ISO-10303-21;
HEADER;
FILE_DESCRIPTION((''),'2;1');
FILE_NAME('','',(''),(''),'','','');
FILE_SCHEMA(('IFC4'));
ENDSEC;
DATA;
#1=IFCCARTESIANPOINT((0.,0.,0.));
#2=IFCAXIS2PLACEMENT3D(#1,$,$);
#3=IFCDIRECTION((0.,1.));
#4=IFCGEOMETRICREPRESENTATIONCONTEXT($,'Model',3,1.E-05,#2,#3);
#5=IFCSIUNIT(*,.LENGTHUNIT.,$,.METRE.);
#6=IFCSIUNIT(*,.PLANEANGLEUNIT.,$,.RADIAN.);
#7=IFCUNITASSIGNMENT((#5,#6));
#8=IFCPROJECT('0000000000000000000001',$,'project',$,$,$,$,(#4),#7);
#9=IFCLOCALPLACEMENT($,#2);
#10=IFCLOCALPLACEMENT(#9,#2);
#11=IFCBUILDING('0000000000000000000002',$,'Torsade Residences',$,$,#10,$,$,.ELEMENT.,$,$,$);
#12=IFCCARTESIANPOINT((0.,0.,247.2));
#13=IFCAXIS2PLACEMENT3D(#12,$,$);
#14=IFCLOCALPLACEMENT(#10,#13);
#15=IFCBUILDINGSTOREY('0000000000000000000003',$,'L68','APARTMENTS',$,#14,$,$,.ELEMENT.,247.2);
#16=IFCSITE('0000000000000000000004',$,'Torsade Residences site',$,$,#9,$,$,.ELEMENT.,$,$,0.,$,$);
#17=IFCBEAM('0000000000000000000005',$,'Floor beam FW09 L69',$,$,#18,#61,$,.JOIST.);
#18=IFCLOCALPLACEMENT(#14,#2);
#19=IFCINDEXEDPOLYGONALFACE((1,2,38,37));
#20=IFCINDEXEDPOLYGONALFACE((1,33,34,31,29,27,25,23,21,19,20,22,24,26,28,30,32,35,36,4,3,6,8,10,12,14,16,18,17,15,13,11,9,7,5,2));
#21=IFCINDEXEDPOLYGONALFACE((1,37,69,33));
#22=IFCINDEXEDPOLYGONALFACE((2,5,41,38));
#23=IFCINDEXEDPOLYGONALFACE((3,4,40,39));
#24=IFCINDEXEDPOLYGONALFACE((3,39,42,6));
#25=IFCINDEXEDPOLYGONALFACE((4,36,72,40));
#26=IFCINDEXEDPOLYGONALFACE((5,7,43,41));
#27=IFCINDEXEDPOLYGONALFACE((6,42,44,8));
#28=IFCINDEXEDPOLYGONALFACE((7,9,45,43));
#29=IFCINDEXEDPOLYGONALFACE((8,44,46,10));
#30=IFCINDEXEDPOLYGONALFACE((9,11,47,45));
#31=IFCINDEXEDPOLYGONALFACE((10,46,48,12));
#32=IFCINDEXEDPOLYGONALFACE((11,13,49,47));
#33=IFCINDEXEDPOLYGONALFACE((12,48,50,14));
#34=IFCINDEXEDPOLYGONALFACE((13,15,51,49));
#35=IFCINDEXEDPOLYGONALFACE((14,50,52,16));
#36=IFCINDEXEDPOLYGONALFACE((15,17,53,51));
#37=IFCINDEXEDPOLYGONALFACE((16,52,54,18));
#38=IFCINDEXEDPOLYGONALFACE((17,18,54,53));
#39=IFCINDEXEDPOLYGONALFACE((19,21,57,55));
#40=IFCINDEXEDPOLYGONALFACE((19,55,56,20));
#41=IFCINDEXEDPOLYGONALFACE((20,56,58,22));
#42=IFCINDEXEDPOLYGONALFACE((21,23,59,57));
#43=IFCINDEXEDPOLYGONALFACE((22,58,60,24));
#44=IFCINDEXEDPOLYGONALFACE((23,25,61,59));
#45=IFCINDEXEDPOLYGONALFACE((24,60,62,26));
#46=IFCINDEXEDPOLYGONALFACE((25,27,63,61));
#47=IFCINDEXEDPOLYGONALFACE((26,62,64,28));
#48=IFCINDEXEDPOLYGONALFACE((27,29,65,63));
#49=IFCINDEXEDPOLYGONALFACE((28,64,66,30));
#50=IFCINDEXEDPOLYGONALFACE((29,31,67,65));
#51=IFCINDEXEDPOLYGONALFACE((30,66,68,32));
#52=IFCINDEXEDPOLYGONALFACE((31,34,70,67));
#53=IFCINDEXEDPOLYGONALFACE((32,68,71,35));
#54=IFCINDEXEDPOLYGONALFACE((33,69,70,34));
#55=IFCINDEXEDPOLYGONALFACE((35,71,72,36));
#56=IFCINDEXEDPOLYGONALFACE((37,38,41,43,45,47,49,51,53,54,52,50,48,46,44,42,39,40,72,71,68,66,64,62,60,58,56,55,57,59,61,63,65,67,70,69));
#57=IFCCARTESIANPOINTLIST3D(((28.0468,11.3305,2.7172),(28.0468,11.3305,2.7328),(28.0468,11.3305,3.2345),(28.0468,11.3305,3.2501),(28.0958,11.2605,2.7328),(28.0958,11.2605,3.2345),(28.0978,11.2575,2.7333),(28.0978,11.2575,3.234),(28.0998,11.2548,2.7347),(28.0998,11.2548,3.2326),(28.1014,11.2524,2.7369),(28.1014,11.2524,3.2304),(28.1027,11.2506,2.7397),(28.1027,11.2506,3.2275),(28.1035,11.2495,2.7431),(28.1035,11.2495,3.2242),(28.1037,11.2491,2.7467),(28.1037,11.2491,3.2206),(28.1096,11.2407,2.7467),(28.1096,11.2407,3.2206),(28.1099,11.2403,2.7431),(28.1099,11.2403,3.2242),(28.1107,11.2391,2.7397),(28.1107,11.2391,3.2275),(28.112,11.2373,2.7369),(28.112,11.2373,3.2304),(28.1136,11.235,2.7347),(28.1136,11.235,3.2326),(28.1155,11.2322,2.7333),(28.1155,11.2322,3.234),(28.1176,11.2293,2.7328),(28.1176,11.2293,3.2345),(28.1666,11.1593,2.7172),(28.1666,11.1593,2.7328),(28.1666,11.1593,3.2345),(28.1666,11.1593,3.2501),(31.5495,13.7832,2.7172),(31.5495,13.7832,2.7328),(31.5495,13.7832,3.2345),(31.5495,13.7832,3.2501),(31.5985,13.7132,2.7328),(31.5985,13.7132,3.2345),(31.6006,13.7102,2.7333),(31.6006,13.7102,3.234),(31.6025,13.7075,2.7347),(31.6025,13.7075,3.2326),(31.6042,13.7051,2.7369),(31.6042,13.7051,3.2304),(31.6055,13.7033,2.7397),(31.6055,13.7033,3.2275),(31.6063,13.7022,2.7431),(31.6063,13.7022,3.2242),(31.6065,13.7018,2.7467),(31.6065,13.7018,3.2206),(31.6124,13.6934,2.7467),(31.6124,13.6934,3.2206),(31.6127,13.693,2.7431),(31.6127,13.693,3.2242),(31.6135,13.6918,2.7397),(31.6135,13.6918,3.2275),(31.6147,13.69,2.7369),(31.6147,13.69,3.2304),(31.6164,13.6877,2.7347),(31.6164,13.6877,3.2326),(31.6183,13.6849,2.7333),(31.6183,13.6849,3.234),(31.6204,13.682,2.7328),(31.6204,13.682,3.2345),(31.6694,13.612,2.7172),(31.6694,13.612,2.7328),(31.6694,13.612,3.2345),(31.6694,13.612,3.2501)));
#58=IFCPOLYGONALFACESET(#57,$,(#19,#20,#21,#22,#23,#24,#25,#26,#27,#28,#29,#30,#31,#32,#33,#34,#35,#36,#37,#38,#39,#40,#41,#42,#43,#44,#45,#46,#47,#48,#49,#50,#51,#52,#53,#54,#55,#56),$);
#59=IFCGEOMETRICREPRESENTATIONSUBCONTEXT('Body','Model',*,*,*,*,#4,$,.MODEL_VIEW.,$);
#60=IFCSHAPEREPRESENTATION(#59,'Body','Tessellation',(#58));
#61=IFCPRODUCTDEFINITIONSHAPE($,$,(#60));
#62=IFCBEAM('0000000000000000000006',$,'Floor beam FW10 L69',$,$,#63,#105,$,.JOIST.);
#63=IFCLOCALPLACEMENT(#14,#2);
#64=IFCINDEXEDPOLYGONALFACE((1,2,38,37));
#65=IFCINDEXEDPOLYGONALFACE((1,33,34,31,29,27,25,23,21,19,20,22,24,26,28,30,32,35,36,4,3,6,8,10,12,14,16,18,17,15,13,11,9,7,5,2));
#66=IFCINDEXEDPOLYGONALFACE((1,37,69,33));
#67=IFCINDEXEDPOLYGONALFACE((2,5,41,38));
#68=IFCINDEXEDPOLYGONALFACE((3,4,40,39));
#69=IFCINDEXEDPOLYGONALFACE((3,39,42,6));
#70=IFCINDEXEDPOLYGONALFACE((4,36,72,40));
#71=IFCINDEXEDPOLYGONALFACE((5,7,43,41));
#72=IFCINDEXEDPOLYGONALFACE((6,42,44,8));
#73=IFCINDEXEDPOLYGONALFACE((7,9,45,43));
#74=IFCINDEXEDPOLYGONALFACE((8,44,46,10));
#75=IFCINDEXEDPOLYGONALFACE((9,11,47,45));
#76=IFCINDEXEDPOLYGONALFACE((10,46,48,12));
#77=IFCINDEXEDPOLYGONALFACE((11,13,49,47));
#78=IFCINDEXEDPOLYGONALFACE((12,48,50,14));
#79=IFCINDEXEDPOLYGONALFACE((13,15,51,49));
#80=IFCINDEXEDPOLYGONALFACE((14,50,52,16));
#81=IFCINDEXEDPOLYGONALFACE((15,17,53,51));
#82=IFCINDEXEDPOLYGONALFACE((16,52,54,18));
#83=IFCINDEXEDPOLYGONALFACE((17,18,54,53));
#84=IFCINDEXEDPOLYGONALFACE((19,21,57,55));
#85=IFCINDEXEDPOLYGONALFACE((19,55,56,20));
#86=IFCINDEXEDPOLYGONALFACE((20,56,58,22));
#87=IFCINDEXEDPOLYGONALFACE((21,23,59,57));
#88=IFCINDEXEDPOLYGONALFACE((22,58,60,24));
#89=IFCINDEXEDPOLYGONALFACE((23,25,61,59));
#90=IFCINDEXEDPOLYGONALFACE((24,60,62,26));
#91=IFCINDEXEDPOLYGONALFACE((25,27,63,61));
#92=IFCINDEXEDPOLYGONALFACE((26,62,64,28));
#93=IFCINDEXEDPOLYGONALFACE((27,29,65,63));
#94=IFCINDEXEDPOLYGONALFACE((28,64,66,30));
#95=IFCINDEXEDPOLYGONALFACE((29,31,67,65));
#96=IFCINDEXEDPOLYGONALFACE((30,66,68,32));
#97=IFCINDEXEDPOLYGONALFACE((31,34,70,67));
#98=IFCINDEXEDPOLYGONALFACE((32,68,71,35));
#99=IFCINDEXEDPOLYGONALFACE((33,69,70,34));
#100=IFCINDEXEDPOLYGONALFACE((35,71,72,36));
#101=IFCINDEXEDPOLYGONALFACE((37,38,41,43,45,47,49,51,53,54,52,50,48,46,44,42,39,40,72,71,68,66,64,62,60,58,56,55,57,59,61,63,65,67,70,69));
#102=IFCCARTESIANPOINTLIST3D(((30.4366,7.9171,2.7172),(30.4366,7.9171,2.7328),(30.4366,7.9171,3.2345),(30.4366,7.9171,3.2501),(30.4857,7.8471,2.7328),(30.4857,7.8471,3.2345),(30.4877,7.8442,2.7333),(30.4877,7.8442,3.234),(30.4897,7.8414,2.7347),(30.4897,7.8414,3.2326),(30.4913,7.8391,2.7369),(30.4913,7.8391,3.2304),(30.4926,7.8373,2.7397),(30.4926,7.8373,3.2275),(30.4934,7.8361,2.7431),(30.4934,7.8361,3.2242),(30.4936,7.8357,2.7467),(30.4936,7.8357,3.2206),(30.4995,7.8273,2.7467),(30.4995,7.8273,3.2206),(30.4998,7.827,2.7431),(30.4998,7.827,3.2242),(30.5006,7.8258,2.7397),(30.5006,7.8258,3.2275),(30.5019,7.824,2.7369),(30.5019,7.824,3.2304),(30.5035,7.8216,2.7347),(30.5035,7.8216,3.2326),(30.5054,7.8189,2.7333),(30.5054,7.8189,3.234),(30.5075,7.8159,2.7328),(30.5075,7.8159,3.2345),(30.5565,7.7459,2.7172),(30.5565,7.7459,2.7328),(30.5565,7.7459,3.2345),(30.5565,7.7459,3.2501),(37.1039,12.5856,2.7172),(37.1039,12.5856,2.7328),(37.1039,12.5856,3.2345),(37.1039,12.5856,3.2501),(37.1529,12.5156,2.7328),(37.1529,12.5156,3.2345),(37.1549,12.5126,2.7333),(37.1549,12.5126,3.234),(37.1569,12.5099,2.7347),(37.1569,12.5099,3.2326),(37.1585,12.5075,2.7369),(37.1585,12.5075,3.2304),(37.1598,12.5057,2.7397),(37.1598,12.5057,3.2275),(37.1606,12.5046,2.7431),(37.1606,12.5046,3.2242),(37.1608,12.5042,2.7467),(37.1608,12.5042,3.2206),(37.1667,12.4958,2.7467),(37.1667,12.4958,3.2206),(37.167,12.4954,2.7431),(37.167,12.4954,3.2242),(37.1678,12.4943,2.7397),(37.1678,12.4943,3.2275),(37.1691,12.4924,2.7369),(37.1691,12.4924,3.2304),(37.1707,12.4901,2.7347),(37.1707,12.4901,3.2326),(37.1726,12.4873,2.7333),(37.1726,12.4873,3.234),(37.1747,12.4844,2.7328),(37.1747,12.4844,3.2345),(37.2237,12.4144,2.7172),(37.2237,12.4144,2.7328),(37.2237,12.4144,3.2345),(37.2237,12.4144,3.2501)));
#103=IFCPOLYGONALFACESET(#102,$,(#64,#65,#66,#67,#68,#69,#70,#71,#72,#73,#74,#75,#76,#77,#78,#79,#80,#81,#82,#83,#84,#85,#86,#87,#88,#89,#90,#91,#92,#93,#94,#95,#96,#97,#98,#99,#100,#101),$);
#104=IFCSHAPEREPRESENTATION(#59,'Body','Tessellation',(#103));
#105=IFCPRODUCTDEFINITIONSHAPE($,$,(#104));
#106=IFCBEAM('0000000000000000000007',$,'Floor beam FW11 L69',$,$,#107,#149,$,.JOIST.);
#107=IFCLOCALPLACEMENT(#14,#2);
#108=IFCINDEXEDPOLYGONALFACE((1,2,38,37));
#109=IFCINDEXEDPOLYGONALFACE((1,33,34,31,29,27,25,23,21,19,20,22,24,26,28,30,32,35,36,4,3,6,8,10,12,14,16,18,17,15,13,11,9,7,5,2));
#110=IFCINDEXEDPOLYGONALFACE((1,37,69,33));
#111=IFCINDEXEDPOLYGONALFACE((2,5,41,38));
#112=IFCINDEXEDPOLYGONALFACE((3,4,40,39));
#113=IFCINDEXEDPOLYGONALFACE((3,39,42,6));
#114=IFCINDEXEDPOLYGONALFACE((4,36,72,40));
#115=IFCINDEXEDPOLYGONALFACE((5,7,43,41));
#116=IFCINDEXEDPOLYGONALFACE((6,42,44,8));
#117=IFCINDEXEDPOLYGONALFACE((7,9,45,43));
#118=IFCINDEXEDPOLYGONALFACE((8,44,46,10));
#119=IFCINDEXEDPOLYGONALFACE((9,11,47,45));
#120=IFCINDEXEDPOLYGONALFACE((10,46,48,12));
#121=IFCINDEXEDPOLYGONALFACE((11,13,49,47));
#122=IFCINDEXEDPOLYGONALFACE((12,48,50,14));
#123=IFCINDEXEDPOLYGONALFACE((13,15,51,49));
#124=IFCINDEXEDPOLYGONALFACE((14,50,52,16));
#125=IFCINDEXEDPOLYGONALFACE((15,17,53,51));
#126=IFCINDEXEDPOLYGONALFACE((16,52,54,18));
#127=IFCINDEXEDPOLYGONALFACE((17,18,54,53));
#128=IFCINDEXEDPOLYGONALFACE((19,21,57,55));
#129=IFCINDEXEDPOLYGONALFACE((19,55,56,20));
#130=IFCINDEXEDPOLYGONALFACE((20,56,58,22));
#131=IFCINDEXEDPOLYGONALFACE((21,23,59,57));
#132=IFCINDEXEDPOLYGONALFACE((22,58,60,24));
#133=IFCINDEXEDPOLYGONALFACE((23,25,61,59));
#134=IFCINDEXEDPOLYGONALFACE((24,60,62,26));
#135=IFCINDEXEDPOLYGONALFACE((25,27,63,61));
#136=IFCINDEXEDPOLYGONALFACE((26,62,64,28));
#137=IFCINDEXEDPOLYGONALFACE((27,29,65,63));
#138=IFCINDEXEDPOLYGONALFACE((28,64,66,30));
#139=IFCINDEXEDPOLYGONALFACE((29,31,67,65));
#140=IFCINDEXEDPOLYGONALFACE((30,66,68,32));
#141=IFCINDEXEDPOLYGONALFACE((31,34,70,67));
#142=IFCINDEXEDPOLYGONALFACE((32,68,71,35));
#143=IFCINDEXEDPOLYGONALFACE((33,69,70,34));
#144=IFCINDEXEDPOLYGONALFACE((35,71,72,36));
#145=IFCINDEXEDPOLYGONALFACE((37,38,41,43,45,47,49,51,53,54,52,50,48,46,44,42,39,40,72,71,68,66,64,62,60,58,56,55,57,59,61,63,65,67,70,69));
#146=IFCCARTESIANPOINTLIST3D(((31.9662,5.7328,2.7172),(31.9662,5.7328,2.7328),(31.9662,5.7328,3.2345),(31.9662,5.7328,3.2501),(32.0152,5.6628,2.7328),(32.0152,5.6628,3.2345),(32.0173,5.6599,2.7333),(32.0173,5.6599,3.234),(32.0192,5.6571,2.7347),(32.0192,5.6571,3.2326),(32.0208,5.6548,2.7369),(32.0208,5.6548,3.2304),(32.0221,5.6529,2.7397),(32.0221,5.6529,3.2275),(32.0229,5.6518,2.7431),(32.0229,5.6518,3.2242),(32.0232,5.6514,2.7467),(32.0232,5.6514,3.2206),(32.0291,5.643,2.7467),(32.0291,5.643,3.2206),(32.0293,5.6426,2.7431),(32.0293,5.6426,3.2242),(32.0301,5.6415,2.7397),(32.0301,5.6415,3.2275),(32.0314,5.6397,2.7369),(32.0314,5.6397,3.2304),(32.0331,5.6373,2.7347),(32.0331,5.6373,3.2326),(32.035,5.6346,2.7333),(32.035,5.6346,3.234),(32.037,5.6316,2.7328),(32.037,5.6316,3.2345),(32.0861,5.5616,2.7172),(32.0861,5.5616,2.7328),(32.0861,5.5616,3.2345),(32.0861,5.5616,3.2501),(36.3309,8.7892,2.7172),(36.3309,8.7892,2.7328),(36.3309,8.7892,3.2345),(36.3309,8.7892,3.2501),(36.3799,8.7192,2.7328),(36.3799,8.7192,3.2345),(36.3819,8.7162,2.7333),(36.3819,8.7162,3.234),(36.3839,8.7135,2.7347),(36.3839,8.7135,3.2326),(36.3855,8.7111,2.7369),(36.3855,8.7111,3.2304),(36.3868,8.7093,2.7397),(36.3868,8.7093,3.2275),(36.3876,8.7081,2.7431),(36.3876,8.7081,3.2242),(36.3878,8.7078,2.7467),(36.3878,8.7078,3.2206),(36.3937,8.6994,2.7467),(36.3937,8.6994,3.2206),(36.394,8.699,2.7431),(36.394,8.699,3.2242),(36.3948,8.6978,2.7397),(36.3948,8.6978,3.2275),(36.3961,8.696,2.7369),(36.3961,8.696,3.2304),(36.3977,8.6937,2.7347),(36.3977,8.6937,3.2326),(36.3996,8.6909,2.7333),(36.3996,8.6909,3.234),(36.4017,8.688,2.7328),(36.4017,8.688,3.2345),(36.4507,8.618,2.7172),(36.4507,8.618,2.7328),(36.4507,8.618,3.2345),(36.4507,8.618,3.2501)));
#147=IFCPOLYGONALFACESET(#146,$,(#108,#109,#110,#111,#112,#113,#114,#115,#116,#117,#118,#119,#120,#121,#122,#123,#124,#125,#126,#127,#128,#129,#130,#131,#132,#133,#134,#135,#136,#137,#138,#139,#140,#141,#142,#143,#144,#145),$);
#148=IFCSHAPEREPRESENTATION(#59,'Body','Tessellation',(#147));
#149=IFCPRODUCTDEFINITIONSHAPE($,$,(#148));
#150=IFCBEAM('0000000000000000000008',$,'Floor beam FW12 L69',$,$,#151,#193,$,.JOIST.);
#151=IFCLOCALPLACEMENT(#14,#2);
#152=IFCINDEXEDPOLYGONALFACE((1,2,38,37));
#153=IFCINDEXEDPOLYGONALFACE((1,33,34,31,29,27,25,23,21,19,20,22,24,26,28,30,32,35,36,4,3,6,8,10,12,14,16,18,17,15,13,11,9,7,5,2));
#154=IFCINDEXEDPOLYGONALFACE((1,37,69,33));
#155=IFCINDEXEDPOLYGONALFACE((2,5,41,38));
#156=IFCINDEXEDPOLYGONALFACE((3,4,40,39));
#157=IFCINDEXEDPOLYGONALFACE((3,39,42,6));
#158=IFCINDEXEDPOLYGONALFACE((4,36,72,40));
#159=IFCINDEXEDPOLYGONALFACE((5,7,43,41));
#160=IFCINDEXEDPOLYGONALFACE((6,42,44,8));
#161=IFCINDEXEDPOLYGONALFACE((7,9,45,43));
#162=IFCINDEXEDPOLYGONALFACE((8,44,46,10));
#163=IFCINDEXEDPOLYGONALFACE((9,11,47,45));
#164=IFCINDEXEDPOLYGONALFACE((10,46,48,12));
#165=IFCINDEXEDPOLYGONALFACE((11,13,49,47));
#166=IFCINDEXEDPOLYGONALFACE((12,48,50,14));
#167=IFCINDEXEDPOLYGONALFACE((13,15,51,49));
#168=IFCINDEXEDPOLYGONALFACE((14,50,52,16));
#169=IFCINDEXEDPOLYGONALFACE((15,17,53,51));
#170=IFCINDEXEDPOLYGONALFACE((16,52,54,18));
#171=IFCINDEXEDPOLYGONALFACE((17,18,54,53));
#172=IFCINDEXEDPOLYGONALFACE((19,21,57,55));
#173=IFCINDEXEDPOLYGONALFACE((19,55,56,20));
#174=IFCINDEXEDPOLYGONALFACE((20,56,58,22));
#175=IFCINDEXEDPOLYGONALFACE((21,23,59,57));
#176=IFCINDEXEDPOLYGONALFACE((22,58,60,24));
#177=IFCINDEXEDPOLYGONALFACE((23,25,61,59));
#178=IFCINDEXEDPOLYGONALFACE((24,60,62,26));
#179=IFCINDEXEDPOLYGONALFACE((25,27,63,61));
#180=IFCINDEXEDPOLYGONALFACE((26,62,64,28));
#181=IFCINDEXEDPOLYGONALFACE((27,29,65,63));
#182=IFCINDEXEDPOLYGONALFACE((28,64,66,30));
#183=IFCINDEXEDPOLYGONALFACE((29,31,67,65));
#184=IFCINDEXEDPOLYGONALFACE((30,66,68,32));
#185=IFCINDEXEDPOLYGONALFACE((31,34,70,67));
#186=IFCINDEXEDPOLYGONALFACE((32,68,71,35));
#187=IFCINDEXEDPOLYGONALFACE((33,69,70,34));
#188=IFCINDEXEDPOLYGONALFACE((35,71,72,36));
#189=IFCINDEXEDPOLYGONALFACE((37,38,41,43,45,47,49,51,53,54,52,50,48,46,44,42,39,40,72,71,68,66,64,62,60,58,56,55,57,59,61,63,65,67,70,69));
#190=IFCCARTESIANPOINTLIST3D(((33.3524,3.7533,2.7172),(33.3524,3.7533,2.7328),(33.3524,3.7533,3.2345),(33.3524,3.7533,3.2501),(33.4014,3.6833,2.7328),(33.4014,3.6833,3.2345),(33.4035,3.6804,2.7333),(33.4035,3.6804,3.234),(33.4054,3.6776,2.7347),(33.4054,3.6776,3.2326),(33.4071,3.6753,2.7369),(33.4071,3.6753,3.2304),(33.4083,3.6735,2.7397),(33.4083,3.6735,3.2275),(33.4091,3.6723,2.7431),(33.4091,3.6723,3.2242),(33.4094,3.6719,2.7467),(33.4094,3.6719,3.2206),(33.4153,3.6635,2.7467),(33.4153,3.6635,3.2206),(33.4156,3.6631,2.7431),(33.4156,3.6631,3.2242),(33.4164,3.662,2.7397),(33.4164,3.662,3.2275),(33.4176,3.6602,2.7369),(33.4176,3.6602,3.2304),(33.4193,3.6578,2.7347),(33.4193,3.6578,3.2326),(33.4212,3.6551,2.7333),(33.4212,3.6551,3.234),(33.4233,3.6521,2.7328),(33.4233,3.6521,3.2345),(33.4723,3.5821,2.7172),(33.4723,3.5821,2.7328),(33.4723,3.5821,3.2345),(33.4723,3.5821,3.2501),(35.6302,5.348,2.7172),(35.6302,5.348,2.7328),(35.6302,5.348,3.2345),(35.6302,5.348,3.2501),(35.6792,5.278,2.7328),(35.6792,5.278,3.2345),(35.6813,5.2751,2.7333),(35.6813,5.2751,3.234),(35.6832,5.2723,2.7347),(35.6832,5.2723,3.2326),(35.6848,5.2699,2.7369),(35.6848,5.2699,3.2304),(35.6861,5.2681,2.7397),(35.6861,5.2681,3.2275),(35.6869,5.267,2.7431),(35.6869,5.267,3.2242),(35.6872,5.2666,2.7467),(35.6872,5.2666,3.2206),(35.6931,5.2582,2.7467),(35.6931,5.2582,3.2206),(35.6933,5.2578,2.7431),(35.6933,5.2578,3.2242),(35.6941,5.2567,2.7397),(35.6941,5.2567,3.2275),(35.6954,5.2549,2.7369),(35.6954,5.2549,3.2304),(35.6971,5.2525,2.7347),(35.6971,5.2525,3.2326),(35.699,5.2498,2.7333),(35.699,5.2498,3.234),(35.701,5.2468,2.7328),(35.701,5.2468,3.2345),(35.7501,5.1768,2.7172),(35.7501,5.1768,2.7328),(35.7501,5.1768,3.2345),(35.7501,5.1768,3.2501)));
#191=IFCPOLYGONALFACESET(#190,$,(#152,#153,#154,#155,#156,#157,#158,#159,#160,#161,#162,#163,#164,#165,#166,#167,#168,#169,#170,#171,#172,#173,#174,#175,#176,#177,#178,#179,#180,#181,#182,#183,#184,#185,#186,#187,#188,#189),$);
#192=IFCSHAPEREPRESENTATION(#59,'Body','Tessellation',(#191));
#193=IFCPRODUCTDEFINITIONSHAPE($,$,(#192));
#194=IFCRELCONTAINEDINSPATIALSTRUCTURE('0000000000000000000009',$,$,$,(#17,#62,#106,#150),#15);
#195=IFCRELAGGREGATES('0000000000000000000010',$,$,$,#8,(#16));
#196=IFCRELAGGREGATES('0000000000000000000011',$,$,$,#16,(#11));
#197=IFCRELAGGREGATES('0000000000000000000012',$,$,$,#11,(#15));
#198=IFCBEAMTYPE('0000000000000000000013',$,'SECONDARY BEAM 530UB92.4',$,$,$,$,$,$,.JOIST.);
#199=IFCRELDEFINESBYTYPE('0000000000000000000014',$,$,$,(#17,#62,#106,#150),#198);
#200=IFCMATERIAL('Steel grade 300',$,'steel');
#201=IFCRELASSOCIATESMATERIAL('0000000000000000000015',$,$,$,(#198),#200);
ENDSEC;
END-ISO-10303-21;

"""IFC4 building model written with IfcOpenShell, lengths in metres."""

from ifc_helpers import new_model, si_unit, direction, frame, origin, origin_2d, place, context, subcontext, project, spatial, i_section, extrude, material, material_profile, profile_set, type_object, element, save


model = new_model("IFC4")

# Units and contexts
model_context = context("Model", 3, precision=1e-05, world=origin(), true_north=direction((0.0, 1.0)))
body_context = subcontext(model_context, "Body", "Model", "MODEL_VIEW")
ifc_project = project(units=[si_unit("LENGTHUNIT", "METRE"), si_unit("PLANEANGLEUNIT", "RADIAN")], contexts=[model_context])

# Site, building, storey
site_placement = place(None, origin())
site = spatial("IfcSite", under=ifc_project, at=site_placement, Name="Torsade Residences site", CompositionType="ELEMENT", RefElevation=0.0)
building_placement = place(site_placement, origin())
building = spatial("IfcBuilding", under=site, at=building_placement, Name="Torsade Residences", CompositionType="ELEMENT")
storey_placement = place(building_placement, frame((0.0, 0.0, 247.2)))
storey = spatial("IfcBuildingStorey", under=building, at=storey_placement, Name="L68", Description="APARTMENTS", CompositionType="ELEMENT", Elevation=247.2)

# Beams
ifc_material_1 = material(Name="Steel grade 300", Category="steel")
ifc_material_profile_1 = material_profile(ifc_material_1, i_section(OverallWidth=0.209, OverallDepth=0.533, WebThickness=0.0103, FlangeThickness=0.0156, FilletRadius=0.0139, at=origin_2d()), Name="530UB92.4")
ifc_profile_set_1 = profile_set([ifc_material_profile_1], Name="Steel grade 300")
beam_type_1 = type_object("IfcBeamType", Name="SECONDARY BEAM 530UB92.4", PredefinedType="JOIST", material=ifc_profile_set_1)
beam_1_placement = place(storey_placement, frame((28.1067, 11.2449, 2.9836), z_axis=(0.819149, 0.573581, 0.0), x_axis=(-0.573581, 0.819149, 0.0)))
element("IfcBeam", 1, at=beam_1_placement, inside=storey, type_object=beam_type_1, Name="Floor beam FW09 L69", PredefinedType="JOIST", context=body_context, shape_type="SweptSolid", body=[
    extrude(i_section(OverallWidth=0.209, OverallDepth=0.533, WebThickness=0.0103, FlangeThickness=0.0156, FilletRadius=0.0139, at=origin_2d()), origin(), (0.0, 0.0, 1.0), 4.2761),
])
beam_2_placement = place(storey_placement, frame((30.4966, 7.8315, 2.9836), z_axis=(0.819152, 0.573577, 0.0), x_axis=(-0.573577, 0.819152, 0.0)))
element("IfcBeam", 2, at=beam_2_placement, inside=storey, type_object=beam_type_1, Name="Floor beam FW10 L69", PredefinedType="JOIST", context=body_context, shape_type="SweptSolid", body=[
    extrude(i_section(OverallWidth=0.209, OverallDepth=0.533, WebThickness=0.0103, FlangeThickness=0.0156, FilletRadius=0.0139, at=origin_2d()), origin(), (0.0, 0.0, 1.0), 8.1392),
])
beam_3_placement = place(storey_placement, frame((32.0261, 5.6472, 2.9836), z_axis=(0.819137, 0.573598, 0.0), x_axis=(-0.573598, 0.819137, 0.0)))
element("IfcBeam", 3, at=beam_3_placement, inside=storey, type_object=beam_type_1, Name="Floor beam FW11 L69", PredefinedType="JOIST", context=body_context, shape_type="SweptSolid", body=[
    extrude(i_section(OverallWidth=0.209, OverallDepth=0.533, WebThickness=0.0103, FlangeThickness=0.0156, FilletRadius=0.0139, at=origin_2d()), origin(), (0.0, 0.0, 1.0), 5.3284),
])
beam_4_placement = place(storey_placement, frame((33.4124, 3.6677, 2.9836), z_axis=(0.819191, 0.573521, 0.0), x_axis=(-0.573521, 0.819191, 0.0)))
element("IfcBeam", 4, at=beam_4_placement, inside=storey, type_object=beam_type_1, Name="Floor beam FW12 L69", PredefinedType="JOIST", context=body_context, shape_type="SweptSolid", body=[
    extrude(i_section(OverallWidth=0.209, OverallDepth=0.533, WebThickness=0.0103, FlangeThickness=0.0156, FilletRadius=0.0139, at=origin_2d()), origin(), (0.0, 0.0, 1.0), 2.7805),
])

save(model, "model.ifc")
